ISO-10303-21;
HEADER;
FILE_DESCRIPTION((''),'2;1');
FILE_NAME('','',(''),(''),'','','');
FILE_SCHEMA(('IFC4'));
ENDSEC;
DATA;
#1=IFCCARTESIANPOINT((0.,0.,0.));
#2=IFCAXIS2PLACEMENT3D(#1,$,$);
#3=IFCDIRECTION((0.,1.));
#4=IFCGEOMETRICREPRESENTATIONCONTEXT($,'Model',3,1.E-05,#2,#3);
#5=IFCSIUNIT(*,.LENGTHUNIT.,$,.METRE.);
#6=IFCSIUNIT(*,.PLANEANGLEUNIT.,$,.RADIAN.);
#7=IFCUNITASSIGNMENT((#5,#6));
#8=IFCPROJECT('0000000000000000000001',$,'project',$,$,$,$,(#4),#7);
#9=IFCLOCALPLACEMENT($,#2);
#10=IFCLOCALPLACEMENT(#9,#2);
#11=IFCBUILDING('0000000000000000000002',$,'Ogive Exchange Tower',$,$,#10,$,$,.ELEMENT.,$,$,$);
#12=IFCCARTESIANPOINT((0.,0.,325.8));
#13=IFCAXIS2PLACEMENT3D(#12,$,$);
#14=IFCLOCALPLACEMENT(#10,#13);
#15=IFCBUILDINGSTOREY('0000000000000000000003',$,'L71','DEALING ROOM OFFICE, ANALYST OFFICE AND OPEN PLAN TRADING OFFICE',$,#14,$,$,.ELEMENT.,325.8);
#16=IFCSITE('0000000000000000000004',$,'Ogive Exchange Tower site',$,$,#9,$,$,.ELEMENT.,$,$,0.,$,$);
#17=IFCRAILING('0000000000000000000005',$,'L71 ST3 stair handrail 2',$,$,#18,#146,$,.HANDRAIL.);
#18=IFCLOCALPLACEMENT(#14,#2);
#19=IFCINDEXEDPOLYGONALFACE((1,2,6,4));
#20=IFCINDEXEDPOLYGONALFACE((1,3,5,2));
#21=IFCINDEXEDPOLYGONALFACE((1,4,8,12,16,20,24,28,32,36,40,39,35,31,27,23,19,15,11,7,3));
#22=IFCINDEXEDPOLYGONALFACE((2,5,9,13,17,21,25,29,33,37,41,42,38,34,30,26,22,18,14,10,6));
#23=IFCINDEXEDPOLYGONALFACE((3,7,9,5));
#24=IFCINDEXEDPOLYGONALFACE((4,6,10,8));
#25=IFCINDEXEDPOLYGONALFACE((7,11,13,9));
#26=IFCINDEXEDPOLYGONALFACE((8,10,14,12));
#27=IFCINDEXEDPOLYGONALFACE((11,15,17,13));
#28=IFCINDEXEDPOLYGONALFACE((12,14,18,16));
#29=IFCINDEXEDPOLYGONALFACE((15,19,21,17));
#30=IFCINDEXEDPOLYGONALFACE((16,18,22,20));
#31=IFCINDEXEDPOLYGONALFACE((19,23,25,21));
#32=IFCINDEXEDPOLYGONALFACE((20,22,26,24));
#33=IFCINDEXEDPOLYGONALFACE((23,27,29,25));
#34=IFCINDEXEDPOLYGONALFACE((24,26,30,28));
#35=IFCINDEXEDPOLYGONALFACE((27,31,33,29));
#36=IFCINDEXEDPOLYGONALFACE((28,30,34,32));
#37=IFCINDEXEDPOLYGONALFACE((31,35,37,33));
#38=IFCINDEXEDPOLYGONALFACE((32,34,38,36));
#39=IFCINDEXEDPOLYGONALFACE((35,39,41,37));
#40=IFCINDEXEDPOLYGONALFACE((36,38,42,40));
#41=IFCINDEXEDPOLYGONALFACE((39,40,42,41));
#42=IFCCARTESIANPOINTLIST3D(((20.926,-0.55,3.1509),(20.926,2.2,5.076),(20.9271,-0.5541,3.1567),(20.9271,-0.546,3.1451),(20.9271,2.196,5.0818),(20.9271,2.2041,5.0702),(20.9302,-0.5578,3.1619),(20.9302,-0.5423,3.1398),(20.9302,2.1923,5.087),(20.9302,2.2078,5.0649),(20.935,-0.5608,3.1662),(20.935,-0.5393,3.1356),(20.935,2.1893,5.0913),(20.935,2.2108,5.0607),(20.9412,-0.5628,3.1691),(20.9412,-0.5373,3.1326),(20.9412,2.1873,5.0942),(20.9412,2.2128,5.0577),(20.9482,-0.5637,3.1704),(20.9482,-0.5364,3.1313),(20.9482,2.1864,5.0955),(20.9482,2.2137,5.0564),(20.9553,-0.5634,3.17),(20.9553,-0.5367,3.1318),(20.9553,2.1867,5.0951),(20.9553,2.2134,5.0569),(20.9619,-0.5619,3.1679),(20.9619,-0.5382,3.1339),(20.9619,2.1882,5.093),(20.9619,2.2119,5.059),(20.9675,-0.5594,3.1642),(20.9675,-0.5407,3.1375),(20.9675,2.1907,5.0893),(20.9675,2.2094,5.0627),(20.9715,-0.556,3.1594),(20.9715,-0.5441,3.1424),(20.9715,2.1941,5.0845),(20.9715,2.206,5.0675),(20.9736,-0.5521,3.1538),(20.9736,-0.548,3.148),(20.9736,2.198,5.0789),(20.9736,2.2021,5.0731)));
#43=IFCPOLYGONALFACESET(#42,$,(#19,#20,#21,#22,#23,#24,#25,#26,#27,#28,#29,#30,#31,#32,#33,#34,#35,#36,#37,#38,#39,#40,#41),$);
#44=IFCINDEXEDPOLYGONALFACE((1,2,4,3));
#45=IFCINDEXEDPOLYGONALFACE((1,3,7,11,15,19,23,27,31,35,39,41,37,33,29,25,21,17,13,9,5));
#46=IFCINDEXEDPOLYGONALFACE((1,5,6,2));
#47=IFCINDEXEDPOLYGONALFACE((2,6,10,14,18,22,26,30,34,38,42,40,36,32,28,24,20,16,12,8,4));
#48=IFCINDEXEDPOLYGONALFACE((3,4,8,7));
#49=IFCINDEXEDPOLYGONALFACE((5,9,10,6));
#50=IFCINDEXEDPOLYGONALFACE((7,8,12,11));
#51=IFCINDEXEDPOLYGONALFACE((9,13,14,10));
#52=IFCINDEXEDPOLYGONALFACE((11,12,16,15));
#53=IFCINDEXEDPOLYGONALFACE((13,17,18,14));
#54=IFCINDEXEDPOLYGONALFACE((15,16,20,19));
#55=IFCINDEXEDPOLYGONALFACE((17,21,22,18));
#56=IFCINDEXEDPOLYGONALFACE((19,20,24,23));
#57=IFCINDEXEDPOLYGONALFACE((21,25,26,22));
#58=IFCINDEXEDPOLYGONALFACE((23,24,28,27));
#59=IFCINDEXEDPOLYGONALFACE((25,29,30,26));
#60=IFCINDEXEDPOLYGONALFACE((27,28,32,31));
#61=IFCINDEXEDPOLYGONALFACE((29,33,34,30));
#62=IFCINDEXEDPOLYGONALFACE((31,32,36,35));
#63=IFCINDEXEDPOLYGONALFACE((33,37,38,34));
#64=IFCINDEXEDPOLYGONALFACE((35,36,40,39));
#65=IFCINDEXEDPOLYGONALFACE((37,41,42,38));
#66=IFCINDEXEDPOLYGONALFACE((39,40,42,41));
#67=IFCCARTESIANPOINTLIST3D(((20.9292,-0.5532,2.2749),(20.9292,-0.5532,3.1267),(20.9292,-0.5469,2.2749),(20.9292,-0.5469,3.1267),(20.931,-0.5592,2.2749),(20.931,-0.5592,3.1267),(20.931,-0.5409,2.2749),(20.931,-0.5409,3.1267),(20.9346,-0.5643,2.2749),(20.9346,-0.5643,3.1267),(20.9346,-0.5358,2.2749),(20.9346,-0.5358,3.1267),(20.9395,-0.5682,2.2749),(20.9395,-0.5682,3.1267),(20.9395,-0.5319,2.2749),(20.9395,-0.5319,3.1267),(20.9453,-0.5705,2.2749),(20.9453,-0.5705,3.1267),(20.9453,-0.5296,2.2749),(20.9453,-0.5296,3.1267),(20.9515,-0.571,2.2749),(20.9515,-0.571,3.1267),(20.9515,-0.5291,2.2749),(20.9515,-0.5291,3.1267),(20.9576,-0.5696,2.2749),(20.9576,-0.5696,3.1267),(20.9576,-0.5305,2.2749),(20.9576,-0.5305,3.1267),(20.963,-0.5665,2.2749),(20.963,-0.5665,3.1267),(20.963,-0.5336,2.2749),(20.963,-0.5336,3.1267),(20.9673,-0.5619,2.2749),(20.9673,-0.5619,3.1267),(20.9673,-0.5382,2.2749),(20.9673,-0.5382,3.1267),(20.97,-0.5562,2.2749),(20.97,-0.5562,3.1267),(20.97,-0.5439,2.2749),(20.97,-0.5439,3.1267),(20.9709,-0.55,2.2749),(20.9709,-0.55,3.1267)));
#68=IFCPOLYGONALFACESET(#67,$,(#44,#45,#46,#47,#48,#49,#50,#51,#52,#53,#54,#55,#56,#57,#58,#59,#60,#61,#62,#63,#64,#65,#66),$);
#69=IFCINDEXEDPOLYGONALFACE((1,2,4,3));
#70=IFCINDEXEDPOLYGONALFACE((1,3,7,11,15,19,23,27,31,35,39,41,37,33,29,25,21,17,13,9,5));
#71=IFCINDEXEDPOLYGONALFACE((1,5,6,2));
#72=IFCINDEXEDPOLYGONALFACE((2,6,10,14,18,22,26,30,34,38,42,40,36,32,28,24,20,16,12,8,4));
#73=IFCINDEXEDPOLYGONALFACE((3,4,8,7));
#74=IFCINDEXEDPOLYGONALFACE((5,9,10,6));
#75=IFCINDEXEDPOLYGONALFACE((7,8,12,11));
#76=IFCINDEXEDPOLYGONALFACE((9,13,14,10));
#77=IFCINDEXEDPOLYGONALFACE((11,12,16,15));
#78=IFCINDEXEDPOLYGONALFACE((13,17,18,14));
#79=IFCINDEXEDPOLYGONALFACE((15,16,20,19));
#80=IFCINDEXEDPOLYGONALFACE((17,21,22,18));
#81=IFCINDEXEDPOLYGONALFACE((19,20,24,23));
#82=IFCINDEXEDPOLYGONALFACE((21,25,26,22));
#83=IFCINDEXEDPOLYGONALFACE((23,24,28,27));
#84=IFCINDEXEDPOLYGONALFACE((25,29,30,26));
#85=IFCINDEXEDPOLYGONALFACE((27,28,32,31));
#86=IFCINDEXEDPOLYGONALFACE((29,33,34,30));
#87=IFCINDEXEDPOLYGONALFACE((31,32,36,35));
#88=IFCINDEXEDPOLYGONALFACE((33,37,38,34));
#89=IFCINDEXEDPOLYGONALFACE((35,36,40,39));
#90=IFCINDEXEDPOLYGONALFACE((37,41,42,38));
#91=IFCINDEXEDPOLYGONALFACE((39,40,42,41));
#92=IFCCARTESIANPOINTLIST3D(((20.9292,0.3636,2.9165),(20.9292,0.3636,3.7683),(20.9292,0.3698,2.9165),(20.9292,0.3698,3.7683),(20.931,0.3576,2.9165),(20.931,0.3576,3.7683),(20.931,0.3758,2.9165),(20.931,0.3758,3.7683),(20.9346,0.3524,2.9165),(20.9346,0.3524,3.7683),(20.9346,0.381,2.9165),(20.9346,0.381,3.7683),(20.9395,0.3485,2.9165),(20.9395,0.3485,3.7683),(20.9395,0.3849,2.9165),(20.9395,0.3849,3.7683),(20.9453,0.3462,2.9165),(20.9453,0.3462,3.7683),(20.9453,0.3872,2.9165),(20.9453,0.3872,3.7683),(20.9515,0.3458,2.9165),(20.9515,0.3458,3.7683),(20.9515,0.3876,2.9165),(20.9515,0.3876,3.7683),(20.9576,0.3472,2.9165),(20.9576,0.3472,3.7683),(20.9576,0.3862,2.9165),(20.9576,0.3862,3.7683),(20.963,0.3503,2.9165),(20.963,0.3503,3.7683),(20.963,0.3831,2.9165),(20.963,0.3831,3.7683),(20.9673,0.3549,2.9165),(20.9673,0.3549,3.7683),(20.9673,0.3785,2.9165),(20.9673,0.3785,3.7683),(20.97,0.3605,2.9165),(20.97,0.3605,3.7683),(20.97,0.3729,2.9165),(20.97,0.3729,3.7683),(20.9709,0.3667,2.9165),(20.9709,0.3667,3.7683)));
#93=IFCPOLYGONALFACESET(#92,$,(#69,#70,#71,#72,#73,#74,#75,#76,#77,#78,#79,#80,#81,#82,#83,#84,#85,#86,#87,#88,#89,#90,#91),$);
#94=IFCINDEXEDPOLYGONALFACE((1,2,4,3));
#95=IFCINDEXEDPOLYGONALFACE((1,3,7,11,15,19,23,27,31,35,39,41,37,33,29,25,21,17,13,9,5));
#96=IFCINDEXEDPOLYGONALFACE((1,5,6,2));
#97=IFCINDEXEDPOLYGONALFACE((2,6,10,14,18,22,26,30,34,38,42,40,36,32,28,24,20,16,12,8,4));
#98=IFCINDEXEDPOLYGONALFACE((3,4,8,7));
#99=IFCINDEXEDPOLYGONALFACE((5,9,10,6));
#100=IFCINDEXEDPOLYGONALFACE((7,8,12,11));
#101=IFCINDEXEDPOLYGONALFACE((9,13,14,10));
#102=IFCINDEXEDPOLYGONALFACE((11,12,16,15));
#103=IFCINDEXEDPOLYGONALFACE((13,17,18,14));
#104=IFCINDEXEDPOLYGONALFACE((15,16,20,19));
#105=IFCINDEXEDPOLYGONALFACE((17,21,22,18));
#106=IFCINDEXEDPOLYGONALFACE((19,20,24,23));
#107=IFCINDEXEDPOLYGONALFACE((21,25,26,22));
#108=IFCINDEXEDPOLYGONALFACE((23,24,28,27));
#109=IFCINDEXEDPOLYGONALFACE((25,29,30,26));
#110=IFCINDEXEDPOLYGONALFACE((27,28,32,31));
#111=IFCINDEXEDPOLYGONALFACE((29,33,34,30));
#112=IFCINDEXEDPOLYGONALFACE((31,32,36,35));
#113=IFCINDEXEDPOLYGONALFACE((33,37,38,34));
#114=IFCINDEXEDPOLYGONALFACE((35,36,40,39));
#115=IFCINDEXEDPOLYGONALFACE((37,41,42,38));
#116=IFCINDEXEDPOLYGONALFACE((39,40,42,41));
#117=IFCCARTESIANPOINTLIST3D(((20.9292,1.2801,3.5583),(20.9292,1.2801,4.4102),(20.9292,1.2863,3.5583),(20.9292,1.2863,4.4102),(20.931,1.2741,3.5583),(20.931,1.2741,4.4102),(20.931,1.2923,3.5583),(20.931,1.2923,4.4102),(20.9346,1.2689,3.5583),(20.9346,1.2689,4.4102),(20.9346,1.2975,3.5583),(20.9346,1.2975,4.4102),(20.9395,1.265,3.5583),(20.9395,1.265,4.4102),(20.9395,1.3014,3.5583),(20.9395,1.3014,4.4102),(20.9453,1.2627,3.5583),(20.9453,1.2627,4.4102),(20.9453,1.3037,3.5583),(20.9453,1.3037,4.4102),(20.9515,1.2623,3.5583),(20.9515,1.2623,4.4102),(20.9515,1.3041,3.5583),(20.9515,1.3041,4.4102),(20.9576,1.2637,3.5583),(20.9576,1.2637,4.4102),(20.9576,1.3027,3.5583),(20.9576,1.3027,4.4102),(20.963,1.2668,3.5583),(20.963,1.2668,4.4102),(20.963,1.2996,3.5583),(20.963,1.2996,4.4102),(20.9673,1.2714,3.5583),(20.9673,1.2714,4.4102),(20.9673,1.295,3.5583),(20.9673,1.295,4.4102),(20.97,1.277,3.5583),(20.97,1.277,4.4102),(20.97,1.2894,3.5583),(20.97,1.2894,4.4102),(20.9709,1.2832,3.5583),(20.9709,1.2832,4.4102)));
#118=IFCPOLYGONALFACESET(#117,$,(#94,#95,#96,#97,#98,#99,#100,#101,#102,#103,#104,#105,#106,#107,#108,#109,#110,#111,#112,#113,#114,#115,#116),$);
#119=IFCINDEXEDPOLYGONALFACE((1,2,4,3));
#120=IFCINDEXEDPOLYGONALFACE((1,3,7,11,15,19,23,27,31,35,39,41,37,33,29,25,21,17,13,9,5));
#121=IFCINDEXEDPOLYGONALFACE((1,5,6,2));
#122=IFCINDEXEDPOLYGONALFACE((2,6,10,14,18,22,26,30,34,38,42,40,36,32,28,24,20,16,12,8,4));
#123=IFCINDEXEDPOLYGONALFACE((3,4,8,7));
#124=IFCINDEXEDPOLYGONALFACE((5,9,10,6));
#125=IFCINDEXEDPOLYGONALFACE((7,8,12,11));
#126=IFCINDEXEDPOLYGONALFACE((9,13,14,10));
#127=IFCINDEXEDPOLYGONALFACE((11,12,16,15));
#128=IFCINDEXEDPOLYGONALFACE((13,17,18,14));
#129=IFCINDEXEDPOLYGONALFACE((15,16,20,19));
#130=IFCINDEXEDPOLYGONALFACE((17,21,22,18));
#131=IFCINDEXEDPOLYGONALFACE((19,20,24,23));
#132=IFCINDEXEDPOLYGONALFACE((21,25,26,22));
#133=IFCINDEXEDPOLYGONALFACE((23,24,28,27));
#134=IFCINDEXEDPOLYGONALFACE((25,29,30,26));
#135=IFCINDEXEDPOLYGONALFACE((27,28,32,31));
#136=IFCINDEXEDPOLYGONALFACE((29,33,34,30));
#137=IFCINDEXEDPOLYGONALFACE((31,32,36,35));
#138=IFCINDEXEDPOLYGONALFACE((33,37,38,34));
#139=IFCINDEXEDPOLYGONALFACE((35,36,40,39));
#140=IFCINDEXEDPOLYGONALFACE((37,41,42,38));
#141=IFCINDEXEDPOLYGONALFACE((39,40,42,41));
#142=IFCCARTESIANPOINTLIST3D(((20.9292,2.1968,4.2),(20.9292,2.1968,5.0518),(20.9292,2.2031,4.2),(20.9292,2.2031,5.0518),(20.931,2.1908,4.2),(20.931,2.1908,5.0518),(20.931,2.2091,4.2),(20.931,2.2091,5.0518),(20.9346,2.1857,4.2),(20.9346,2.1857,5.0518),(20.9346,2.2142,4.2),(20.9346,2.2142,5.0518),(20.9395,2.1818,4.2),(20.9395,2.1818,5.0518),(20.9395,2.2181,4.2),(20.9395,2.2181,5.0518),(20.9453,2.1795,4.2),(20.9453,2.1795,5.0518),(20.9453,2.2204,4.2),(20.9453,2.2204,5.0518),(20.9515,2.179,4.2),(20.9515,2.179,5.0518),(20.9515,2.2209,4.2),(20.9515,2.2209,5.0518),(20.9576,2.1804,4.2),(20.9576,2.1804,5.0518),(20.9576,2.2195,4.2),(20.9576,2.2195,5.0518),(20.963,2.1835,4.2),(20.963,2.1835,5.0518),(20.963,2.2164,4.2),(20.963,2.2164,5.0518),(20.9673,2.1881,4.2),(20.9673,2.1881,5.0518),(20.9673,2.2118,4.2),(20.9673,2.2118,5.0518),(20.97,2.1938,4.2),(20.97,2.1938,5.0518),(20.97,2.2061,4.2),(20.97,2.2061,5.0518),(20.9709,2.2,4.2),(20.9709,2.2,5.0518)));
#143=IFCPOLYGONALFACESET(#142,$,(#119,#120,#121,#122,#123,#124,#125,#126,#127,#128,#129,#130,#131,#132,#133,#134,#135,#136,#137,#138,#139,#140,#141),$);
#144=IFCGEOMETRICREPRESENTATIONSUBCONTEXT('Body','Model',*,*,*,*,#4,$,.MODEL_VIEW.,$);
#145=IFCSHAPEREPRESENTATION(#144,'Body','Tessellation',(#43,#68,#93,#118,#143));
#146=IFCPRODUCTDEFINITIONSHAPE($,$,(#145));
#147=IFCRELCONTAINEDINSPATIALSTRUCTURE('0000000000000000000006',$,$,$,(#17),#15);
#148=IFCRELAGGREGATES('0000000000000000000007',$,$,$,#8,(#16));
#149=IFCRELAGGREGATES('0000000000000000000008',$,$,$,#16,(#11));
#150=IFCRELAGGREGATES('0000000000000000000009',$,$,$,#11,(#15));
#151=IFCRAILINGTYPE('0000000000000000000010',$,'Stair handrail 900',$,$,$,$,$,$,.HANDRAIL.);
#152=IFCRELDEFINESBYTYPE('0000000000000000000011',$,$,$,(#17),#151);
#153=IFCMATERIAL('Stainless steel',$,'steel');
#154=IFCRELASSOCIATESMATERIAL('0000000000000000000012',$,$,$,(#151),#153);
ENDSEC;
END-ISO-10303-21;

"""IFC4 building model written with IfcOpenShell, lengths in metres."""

from ifc_helpers import new_model, si_unit, direction, frame, origin, origin_2d, place, context, subcontext, project, spatial, circle, extrude, material, type_object, element, save


model = new_model("IFC4")

# Units and contexts
model_context = context("Model", 3, precision=1e-05, world=origin(), true_north=direction((0.0, 1.0)))
body_context = subcontext(model_context, "Body", "Model", "MODEL_VIEW")
ifc_project = project(units=[si_unit("LENGTHUNIT", "METRE"), si_unit("PLANEANGLEUNIT", "RADIAN")], contexts=[model_context])

# Site, building, storey
site_placement = place(None, origin())
site = spatial("IfcSite", under=ifc_project, at=site_placement, Name="Ogive Exchange Tower site", CompositionType="ELEMENT", RefElevation=0.0)
building_placement = place(site_placement, origin())
building = spatial("IfcBuilding", under=site, at=building_placement, Name="Ogive Exchange Tower", CompositionType="ELEMENT")
storey_placement = place(building_placement, frame((0.0, 0.0, 325.8)))
storey = spatial("IfcBuildingStorey", under=building, at=storey_placement, Name="L71", Description="DEALING ROOM OFFICE, ANALYST OFFICE AND OPEN PLAN TRADING OFFICE", CompositionType="ELEMENT", Elevation=325.8)

# Shared definitions
ifc_material_1 = material(Name="Stainless steel", Category="steel")

# Railing
railing_type = type_object("IfcRailingType", Name="Stair handrail 900", PredefinedType="HANDRAIL", material=ifc_material_1)
railing_1_placement = place(storey_placement, frame((20.95, -0.55, 2.2749)))
element("IfcRailing", 1, at=railing_1_placement, inside=storey, type_object=railing_type, Name="L71 ST3 stair handrail 2", PredefinedType="HANDRAIL", context=body_context, shape_type="SweptSolid", body=[
    extrude(circle(Radius=0.0239, at=origin_2d()), frame((0.0, 0.0, 0.876), z_axis=(0.0, 0.819225, 0.573472), x_axis=(-1.0, 0.0, 0.0)), (0.0, 0.0, 1.0), 3.3569),
    extrude(circle(Radius=0.021, at=origin_2d()), origin(), (0.0, 0.0, 1.0), 0.8518),
    extrude(circle(Radius=0.021, at=origin_2d()), frame((0.0, 0.9167, 0.6416)), (0.0, 0.0, 1.0), 0.8518),
    extrude(circle(Radius=0.021, at=origin_2d()), frame((0.0, 1.8333, 1.2834)), (0.0, 0.0, 1.0), 0.8518),
    extrude(circle(Radius=0.021, at=origin_2d()), frame((0.0, 2.75, 1.925)), (0.0, 0.0, 1.0), 0.8518),
])

save(model, "model.ifc")
